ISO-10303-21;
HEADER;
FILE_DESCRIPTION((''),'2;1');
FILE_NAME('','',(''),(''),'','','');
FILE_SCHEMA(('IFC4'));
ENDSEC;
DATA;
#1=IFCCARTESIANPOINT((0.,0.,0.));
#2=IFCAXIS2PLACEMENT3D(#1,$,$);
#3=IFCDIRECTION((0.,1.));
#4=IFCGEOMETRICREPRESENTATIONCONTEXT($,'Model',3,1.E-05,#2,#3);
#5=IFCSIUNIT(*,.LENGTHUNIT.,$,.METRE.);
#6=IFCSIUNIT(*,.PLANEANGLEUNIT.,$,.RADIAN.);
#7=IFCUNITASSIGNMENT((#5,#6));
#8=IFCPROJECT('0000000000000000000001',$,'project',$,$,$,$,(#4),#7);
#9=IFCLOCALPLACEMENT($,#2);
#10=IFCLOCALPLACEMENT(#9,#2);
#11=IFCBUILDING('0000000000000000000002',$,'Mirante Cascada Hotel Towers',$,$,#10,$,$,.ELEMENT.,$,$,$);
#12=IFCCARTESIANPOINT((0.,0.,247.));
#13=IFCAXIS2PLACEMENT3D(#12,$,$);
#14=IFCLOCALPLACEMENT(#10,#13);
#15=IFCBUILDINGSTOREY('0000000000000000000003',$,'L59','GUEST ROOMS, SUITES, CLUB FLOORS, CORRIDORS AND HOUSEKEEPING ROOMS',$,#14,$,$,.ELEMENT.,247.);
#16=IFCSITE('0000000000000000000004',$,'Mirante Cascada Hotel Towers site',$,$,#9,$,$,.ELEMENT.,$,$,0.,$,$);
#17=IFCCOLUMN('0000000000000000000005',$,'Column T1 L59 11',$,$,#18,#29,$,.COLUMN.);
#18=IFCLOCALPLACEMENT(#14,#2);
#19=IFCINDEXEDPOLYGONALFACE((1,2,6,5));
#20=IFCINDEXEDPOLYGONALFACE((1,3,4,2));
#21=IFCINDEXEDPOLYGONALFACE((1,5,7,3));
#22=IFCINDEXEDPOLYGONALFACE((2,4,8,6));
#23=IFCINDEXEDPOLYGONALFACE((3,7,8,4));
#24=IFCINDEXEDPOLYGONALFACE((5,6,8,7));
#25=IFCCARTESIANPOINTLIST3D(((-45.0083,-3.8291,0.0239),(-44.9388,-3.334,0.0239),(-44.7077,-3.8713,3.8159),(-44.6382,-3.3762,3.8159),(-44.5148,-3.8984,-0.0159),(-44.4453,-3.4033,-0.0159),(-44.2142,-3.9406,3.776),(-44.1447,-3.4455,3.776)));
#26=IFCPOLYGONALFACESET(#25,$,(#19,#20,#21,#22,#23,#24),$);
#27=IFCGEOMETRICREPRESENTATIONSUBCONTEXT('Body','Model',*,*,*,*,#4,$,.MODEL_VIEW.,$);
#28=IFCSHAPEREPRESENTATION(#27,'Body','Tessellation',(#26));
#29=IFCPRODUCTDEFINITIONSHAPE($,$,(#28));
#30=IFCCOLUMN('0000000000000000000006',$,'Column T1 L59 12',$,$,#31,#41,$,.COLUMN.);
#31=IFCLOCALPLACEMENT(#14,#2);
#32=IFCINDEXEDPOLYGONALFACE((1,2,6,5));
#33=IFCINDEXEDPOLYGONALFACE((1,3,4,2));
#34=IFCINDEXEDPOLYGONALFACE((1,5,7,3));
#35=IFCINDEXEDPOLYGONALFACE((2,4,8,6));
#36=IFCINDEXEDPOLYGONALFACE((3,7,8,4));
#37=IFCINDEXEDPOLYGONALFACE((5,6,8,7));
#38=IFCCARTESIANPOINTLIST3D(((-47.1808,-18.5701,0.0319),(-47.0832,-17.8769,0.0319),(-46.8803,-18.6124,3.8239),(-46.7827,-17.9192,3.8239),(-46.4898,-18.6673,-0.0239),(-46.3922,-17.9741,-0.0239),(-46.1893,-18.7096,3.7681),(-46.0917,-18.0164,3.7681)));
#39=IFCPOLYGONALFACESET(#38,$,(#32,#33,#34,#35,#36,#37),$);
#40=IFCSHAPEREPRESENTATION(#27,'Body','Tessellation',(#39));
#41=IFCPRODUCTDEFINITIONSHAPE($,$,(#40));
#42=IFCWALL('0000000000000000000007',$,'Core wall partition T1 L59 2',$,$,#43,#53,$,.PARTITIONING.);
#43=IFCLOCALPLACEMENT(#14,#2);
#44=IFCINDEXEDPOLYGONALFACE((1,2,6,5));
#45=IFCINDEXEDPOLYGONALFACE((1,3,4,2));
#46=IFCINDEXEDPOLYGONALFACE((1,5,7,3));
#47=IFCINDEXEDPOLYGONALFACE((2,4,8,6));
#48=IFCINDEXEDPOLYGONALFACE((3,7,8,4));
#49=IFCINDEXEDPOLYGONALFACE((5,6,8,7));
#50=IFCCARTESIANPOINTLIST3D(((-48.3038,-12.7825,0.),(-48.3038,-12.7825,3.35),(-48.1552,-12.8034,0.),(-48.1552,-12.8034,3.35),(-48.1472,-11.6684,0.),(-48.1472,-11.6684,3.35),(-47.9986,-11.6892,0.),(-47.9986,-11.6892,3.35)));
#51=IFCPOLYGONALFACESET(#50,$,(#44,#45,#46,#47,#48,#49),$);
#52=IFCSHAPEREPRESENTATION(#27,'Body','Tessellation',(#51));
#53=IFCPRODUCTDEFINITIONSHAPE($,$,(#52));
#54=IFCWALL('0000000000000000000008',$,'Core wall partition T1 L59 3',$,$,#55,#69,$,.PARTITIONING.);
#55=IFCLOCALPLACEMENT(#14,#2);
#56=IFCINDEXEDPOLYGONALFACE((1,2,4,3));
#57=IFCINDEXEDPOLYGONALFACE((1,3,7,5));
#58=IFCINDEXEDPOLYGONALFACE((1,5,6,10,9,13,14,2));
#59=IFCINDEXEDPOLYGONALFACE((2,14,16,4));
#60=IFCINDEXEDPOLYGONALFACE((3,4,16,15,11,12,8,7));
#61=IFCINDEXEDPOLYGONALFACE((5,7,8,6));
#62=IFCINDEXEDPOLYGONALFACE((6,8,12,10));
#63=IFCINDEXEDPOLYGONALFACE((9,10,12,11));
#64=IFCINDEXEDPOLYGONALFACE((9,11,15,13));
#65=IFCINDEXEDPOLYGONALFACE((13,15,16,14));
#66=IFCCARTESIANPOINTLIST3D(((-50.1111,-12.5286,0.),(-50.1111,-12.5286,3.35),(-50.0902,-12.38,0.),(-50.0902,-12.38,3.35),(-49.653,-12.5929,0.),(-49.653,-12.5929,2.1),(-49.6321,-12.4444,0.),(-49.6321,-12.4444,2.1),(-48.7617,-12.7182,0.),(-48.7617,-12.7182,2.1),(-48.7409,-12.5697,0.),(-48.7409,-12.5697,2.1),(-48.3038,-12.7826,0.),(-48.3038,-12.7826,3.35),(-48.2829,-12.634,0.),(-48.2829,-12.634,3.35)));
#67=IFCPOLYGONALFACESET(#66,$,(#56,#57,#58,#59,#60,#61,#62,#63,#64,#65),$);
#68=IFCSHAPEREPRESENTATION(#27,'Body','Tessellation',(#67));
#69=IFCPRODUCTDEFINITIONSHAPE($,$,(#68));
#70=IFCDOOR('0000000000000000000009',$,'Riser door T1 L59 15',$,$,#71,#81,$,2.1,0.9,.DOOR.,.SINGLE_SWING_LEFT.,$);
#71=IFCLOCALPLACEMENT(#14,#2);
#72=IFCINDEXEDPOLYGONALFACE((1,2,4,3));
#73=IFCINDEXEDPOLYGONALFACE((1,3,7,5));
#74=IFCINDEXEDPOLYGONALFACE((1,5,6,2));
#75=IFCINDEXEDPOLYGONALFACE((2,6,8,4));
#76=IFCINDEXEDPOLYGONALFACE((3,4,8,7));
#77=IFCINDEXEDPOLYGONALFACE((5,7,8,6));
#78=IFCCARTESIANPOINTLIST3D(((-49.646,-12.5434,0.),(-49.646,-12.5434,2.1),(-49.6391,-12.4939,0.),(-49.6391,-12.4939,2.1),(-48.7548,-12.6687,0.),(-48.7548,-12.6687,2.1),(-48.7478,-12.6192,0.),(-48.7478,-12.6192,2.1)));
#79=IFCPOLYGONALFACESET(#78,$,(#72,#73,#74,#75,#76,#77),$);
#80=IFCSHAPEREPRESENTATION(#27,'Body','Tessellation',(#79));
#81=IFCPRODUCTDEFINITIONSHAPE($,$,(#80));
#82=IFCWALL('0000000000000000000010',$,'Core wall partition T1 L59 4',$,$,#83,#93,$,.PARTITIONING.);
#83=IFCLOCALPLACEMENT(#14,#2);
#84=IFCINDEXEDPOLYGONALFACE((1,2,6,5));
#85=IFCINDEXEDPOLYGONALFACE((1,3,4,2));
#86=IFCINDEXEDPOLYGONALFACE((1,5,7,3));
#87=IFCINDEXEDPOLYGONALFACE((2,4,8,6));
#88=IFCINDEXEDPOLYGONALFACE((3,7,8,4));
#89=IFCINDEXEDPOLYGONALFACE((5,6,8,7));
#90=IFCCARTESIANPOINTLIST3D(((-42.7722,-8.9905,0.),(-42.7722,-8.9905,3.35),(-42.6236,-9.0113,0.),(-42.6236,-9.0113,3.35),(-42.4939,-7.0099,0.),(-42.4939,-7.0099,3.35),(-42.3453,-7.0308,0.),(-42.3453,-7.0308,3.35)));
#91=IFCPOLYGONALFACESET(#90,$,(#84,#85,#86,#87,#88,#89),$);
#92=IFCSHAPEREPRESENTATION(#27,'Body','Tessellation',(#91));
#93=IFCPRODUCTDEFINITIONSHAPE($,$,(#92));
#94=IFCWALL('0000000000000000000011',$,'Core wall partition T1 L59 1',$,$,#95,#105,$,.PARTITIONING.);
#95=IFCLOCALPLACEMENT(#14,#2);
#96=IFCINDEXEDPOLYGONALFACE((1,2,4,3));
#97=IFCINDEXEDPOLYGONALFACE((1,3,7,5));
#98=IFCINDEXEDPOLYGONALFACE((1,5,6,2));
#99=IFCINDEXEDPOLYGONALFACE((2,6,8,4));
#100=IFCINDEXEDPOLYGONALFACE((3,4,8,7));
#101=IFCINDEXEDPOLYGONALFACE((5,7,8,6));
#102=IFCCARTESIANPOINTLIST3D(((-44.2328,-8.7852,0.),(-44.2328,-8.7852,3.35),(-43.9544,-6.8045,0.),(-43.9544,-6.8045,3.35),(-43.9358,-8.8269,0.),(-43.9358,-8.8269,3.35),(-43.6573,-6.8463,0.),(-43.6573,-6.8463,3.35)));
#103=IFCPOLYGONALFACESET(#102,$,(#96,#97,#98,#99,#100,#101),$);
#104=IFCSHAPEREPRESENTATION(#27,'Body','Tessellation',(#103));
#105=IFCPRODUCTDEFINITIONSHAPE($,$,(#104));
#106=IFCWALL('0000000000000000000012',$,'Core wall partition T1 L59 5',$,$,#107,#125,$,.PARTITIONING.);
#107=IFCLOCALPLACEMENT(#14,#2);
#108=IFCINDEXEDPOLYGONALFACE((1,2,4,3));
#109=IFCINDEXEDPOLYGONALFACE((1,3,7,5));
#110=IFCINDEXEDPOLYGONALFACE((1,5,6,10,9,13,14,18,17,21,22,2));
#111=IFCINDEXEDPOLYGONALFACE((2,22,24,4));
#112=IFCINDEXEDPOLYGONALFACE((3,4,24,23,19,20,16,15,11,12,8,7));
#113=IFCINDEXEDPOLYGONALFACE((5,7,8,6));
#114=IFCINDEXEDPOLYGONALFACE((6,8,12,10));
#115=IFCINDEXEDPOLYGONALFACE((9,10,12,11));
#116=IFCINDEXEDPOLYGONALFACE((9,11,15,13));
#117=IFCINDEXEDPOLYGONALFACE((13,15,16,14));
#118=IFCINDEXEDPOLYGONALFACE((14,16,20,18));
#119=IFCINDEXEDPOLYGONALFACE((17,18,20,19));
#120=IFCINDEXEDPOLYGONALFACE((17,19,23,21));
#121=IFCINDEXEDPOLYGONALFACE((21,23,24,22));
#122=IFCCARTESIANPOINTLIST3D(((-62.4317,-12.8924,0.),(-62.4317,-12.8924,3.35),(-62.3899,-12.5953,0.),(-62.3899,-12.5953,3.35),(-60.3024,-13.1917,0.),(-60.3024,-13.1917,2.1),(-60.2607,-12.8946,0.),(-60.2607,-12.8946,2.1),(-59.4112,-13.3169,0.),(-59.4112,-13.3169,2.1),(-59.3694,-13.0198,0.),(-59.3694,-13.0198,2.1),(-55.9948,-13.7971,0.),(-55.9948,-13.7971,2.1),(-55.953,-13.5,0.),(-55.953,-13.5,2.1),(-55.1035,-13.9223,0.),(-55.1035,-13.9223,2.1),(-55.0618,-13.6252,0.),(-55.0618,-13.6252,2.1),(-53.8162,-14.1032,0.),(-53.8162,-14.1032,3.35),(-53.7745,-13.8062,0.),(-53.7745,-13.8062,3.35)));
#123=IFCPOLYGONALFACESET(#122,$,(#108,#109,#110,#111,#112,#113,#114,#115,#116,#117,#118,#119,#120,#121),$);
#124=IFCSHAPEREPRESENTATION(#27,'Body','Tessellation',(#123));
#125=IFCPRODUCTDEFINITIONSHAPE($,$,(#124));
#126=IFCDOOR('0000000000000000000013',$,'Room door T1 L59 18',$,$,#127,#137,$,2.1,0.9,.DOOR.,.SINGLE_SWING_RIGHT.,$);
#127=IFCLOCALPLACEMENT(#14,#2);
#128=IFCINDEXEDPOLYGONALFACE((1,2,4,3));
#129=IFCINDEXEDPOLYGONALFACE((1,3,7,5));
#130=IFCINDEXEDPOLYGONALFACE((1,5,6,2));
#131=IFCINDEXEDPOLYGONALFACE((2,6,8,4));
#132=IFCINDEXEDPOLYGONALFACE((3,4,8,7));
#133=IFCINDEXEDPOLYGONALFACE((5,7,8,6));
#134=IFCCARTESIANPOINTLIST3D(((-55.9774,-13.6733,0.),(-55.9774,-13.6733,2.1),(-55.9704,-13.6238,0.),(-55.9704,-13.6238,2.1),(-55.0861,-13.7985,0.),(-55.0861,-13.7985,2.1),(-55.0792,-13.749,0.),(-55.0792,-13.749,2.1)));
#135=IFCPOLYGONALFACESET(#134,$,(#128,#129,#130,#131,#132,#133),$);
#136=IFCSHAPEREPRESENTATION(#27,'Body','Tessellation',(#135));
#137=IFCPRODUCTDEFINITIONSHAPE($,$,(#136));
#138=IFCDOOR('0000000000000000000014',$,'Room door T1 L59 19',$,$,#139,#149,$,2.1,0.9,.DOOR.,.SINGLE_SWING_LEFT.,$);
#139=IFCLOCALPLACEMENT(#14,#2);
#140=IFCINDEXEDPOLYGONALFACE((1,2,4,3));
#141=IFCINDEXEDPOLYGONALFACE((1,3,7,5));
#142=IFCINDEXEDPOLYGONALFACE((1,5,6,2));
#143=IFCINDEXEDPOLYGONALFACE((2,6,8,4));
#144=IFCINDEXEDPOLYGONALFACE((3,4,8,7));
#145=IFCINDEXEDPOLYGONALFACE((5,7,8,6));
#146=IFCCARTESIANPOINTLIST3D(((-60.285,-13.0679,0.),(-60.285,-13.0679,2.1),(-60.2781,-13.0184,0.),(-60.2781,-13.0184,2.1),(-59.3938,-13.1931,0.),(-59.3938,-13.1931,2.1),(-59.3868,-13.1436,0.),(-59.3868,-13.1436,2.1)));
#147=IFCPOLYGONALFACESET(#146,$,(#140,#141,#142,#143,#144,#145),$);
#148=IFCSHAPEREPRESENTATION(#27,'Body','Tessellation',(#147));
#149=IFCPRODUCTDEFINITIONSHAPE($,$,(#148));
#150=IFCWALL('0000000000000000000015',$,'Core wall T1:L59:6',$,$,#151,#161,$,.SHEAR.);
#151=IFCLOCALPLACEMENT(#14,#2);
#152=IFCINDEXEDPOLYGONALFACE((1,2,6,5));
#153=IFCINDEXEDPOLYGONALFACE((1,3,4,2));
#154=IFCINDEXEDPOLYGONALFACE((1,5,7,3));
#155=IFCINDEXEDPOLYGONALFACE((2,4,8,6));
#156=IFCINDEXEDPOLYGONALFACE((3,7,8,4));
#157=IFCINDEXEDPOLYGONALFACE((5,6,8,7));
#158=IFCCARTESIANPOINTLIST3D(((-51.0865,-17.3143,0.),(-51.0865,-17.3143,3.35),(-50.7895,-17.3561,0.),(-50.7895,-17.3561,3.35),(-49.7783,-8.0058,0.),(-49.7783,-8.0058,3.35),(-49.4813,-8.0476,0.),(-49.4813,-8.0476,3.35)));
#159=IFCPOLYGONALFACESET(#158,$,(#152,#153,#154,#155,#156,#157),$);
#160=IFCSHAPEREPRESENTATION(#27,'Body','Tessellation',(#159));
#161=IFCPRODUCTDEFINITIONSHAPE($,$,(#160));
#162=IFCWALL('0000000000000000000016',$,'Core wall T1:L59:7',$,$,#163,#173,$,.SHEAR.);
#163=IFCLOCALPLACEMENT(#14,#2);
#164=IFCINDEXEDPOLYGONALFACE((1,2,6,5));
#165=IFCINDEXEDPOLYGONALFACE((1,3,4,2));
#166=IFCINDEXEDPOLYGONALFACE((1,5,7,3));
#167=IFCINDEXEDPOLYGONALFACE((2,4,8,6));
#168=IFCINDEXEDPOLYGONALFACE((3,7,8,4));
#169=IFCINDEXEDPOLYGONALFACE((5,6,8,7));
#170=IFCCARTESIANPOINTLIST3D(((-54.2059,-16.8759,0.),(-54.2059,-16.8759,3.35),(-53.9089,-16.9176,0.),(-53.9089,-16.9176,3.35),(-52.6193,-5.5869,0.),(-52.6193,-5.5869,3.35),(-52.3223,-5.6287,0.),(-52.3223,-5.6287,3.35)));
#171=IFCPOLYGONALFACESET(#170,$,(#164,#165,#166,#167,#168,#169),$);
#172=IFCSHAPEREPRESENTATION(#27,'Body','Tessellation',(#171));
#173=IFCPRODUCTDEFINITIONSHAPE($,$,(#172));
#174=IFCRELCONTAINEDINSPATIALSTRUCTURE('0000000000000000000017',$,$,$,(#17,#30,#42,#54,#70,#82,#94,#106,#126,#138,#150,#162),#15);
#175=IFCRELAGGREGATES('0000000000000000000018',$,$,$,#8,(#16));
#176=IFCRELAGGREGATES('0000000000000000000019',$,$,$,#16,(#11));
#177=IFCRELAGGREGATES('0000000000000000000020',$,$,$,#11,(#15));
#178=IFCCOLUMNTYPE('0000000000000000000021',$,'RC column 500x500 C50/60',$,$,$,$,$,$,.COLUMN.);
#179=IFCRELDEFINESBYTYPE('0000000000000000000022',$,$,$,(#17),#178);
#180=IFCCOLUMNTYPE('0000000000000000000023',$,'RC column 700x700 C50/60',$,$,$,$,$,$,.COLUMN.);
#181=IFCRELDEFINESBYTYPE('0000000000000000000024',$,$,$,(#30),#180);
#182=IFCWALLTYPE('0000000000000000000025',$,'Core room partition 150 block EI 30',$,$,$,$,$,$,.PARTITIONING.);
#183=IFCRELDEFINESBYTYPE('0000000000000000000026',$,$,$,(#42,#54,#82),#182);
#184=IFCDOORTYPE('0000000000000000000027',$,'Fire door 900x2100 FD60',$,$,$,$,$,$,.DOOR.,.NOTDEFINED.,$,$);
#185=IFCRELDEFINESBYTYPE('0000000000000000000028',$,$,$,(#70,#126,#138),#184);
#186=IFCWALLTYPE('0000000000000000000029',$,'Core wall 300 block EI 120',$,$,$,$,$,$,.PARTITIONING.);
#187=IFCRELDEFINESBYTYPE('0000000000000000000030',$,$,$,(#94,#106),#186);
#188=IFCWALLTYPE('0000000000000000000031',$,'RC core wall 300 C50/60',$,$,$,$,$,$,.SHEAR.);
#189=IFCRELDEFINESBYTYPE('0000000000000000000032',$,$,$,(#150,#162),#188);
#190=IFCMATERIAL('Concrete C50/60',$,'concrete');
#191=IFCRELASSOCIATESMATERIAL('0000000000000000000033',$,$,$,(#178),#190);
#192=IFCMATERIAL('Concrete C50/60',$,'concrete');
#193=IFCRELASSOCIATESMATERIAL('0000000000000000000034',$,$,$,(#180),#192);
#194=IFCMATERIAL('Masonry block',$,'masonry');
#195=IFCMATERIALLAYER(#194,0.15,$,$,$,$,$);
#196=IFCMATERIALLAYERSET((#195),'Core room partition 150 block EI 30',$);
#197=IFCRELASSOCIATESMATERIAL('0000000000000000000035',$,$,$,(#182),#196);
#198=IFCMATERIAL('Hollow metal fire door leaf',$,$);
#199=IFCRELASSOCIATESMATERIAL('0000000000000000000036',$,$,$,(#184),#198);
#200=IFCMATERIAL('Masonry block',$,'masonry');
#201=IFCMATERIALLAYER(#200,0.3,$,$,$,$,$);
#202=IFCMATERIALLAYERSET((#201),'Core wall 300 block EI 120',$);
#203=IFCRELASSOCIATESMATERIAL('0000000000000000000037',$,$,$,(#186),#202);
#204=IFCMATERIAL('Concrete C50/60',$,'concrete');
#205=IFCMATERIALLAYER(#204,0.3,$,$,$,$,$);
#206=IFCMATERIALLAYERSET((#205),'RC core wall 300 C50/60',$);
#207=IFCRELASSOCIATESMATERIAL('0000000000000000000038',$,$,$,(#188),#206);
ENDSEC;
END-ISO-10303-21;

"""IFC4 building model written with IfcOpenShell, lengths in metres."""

from ifc_helpers import new_model, si_unit, direction, frame, frame_2d, origin, origin_2d, place, context, subcontext, project, spatial, rectangle, extrude, material, layer, layer_set, material_profile, profile_set, type_object, element, fill, save


model = new_model("IFC4")

# Units and contexts
model_context = context("Model", 3, precision=1e-05, world=origin(), true_north=direction((0.0, 1.0)))
body_context = subcontext(model_context, "Body", "Model", "MODEL_VIEW")
ifc_project = project(units=[si_unit("LENGTHUNIT", "METRE"), si_unit("PLANEANGLEUNIT", "RADIAN")], contexts=[model_context])

# Site, building, storey
site_placement = place(None, origin())
site = spatial("IfcSite", under=ifc_project, at=site_placement, Name="Mirante Cascada Hotel Towers site", CompositionType="ELEMENT", RefElevation=0.0)
building_placement = place(site_placement, origin())
building = spatial("IfcBuilding", under=site, at=building_placement, Name="Mirante Cascada Hotel Towers", CompositionType="ELEMENT")
storey_placement = place(building_placement, frame((0.0, 0.0, 247.0)))
storey = spatial("IfcBuildingStorey", under=building, at=storey_placement, Name="L59", Description="GUEST ROOMS, SUITES, CLUB FLOORS, CORRIDORS AND HOUSEKEEPING ROOMS", CompositionType="ELEMENT", Elevation=247.0)

# Columns
ifc_material_1 = material(Name="Concrete C50/60", Category="concrete")
ifc_material_profile_1 = material_profile(ifc_material_1, rectangle(XDim=0.5, YDim=0.5, at=origin_2d()), Name="RC column 500x500 C50/60")
ifc_profile_set_1 = profile_set([ifc_material_profile_1], Name="Concrete C50/60")
column_type_1 = type_object("IfcColumnType", Name="RC column 500x500 C50/60", PredefinedType="COLUMN", material=ifc_profile_set_1)
column_1_placement = place(storey_placement, frame((-44.7268, -3.6162, 0.004), z_axis=(0.079019, -0.011093, 0.996811), x_axis=(0.139023, 0.990289, 0.0)))
element("IfcColumn", 1, at=column_1_placement, inside=storey, type_object=column_type_1, Name="Column T1 L59 11", PredefinedType="COLUMN", context=body_context, shape_type="SweptSolid", body=[
    extrude(rectangle(XDim=0.5, YDim=0.5, at=origin_2d()), origin(), (0.0, 0.0, 1.0), 3.8041),
])
ifc_material_2 = material(Name="Concrete C50/60", Category="concrete")
ifc_material_profile_2 = material_profile(ifc_material_2, rectangle(XDim=0.7, YDim=0.7, at=origin_2d()), Name="RC column 700x700 C50/60")
ifc_profile_set_2 = profile_set([ifc_material_profile_2], Name="Concrete C50/60")
column_type_2 = type_object("IfcColumnType", Name="RC column 700x700 C50/60", PredefinedType="COLUMN", material=ifc_profile_set_2)
column_2_placement = place(storey_placement, frame((-46.7865, -18.2721, 0.004), z_axis=(0.078993, -0.011119, 0.996813), x_axis=(0.139391, 0.990237, 0.0)))
element("IfcColumn", 2, at=column_2_placement, inside=storey, type_object=column_type_2, Name="Column T1 L59 12", PredefinedType="COLUMN", context=body_context, shape_type="SweptSolid", body=[
    extrude(rectangle(XDim=0.7, YDim=0.7, at=origin_2d()), origin(), (0.0, 0.0, 1.0), 3.8041),
])

# Wall
ifc_material_3 = material(Name="Masonry block", Category="masonry")
ifc_layer_1 = layer(ifc_material_3, 0.15)
ifc_layer_set_1 = layer_set([ifc_layer_1], Name="Core room partition 150 block EI 30")
wall_type_1 = type_object("IfcWallType", Name="Core room partition 150 block EI 30", PredefinedType="PARTITIONING", material=ifc_layer_set_1)
wall_1_placement = place(storey_placement, frame((-48.2295, -12.793, 0.0), z_axis=(0.0, 0.0, 1.0), x_axis=(0.139193, 0.990265, 0.0)))
element("IfcWall", 3, at=wall_1_placement, inside=storey, type_object=wall_type_1, Name="Core wall partition T1 L59 2", PredefinedType="PARTITIONING", context=body_context, shape_type="SweptSolid", body=[
    extrude(rectangle(XDim=1.1251, YDim=0.15, at=frame_2d((0.5626, 0.0))), origin(), (0.0, 0.0, 1.0), 3.35),
])

# Wall, opening, door
wall_2_placement = place(storey_placement, frame((-48.2933, -12.7083, 0.0), z_axis=(0.0, 0.0, 1.0), x_axis=(-0.990268, 0.139173, 0.0)))
wall_2 = element("IfcWall", 4, at=wall_2_placement, inside=storey, type_object=wall_type_1, Name="Core wall partition T1 L59 3", PredefinedType="PARTITIONING", context=body_context, shape_type="SweptSolid", body=[
    extrude(rectangle(XDim=1.8251, YDim=0.15, at=frame_2d((0.9126, 0.0))), origin(), (0.0, 0.0, 1.0), 3.35),
])
opening_1_placement = place(wall_2_placement, frame((0.4625, 0.0, 0.0)))
opening_1 = element("IfcOpeningElement", 5, at=opening_1_placement, cuts=wall_2, PredefinedType="OPENING", context=body_context, shape_type="SweptSolid", body=[
    extrude(rectangle(XDim=0.9, YDim=2.1, at=frame_2d((0.45, 1.05))), frame((0.0, 0.075, 0.0), z_axis=(0.0, -1.0, 0.0), x_axis=(1.0, 0.0, 0.0)), (0.0, 0.0, 1.0), 0.15),
])
ifc_material_4 = material(Name="Hollow metal fire door leaf")
door_type_1 = type_object("IfcDoorType", Name="Fire door 900x2100 FD60", OperationType="NOTDEFINED", PredefinedType="DOOR", material=ifc_material_4)
door_1_placement = place(opening_1_placement, origin())
door_1 = element("IfcDoor", 6, at=door_1_placement, inside=storey, type_object=door_type_1, Name="Riser door T1 L59 15", OperationType="SINGLE_SWING_LEFT", OverallHeight=2.1, OverallWidth=0.9, PredefinedType="DOOR", context=body_context, shape_type="SweptSolid", body=[
    extrude(rectangle(XDim=0.9, YDim=2.1, at=frame_2d((0.45, 1.05))), frame((0.0, 0.025, 0.0), z_axis=(0.0, -1.0, 0.0), x_axis=(1.0, 0.0, 0.0)), (0.0, 0.0, 1.0), 0.05),
])
fill(opening_1, door_1)

# Walls
wall_3_placement = place(storey_placement, frame((-42.6979, -9.0009, 0.0), z_axis=(0.0, 0.0, 1.0), x_axis=(0.139153, 0.990271, 0.0)))
element("IfcWall", 7, at=wall_3_placement, inside=storey, type_object=wall_type_1, Name="Core wall partition T1 L59 4", PredefinedType="PARTITIONING", context=body_context, shape_type="SweptSolid", body=[
    extrude(rectangle(XDim=2.0, YDim=0.15, at=frame_2d((1.0, 0.0))), origin(), (0.0, 0.0, 1.0), 3.35),
])
ifc_material_5 = material(Name="Masonry block", Category="masonry")
ifc_layer_2 = layer(ifc_material_5, 0.3)
ifc_layer_set_2 = layer_set([ifc_layer_2], Name="Core wall 300 block EI 120")
wall_type_2 = type_object("IfcWallType", Name="Core wall 300 block EI 120", PredefinedType="PARTITIONING", material=ifc_layer_set_2)
wall_4_placement = place(storey_placement, frame((-44.0843, -8.8061, 0.0), z_axis=(0.0, 0.0, 1.0), x_axis=(0.139195, 0.990265, 0.0)))
element("IfcWall", 8, at=wall_4_placement, inside=storey, type_object=wall_type_2, Name="Core wall partition T1 L59 1", PredefinedType="PARTITIONING", context=body_context, shape_type="SweptSolid", body=[
    extrude(rectangle(XDim=2.0001, YDim=0.3, at=frame_2d((1.0001, 0.0))), origin(), (0.0, 0.0, 1.0), 3.35),
])

# Wall, openings, doors
wall_5_placement = place(storey_placement, frame((-53.7953, -13.9547, 0.0), z_axis=(0.0, 0.0, 1.0), x_axis=(-0.990268, 0.139171, 0.0)))
wall_5 = element("IfcWall", 9, at=wall_5_placement, inside=storey, type_object=wall_type_2, Name="Core wall partition T1 L59 5", PredefinedType="PARTITIONING", context=body_context, shape_type="SweptSolid", body=[
    extrude(rectangle(XDim=8.7001, YDim=0.3, at=frame_2d((4.3501, 0.0))), origin(), (0.0, 0.0, 1.0), 3.35),
])
opening_2_placement = place(wall_5_placement, frame((1.3, 0.0, 0.0)))
opening_2 = element("IfcOpeningElement", 10, at=opening_2_placement, cuts=wall_5, PredefinedType="OPENING", context=body_context, shape_type="SweptSolid", body=[
    extrude(rectangle(XDim=0.9, YDim=2.1, at=frame_2d((0.45, 1.05))), frame((0.0, 0.15, 0.0), z_axis=(0.0, -1.0, 0.0), x_axis=(1.0, 0.0, 0.0)), (0.0, 0.0, 1.0), 0.3),
])
opening_3_placement = place(wall_5_placement, frame((5.65, 0.0, 0.0)))
opening_3 = element("IfcOpeningElement", 11, at=opening_3_placement, cuts=wall_5, PredefinedType="OPENING", context=body_context, shape_type="SweptSolid", body=[
    extrude(rectangle(XDim=0.9, YDim=2.1, at=frame_2d((0.45, 1.05))), frame((0.0, 0.15, 0.0), z_axis=(0.0, -1.0, 0.0), x_axis=(1.0, 0.0, 0.0)), (0.0, 0.0, 1.0), 0.3),
])
door_2_placement = place(opening_2_placement, origin())
door_2 = element("IfcDoor", 12, at=door_2_placement, inside=storey, type_object=door_type_1, Name="Room door T1 L59 18", OperationType="SINGLE_SWING_RIGHT", OverallHeight=2.1, OverallWidth=0.9, PredefinedType="DOOR", context=body_context, shape_type="SweptSolid", body=[
    extrude(rectangle(XDim=0.9, YDim=2.1, at=frame_2d((0.45, 1.05))), frame((0.0, 0.025, 0.0), z_axis=(0.0, -1.0, 0.0), x_axis=(1.0, 0.0, 0.0)), (0.0, 0.0, 1.0), 0.05),
])
fill(opening_2, door_2)
door_3_placement = place(opening_3_placement, origin())
door_3 = element("IfcDoor", 13, at=door_3_placement, inside=storey, type_object=door_type_1, Name="Room door T1 L59 19", OperationType="SINGLE_SWING_LEFT", OverallHeight=2.1, OverallWidth=0.9, PredefinedType="DOOR", context=body_context, shape_type="SweptSolid", body=[
    extrude(rectangle(XDim=0.9, YDim=2.1, at=frame_2d((0.45, 1.05))), frame((0.0, 0.025, 0.0), z_axis=(0.0, -1.0, 0.0), x_axis=(1.0, 0.0, 0.0)), (0.0, 0.0, 1.0), 0.05),
])
fill(opening_3, door_3)

# Walls
ifc_material_6 = material(Name="Concrete C50/60", Category="concrete")
ifc_layer_3 = layer(ifc_material_6, 0.3)
ifc_layer_set_3 = layer_set([ifc_layer_3], Name="RC core wall 300 C50/60")
wall_type_3 = type_object("IfcWallType", Name="RC core wall 300 C50/60", PredefinedType="SHEAR", material=ifc_layer_set_3)
wall_6_placement = place(storey_placement, frame((-50.938, -17.3352, 0.0), z_axis=(0.0, 0.0, 1.0), x_axis=(0.139171, 0.990268, 0.0)))
element("IfcWall", 14, at=wall_6_placement, inside=storey, type_object=wall_type_3, Name="Core wall T1:L59:6", PredefinedType="SHEAR", context=body_context, shape_type="SweptSolid", body=[
    extrude(rectangle(XDim=9.4, YDim=0.3, at=frame_2d((4.7, 0.0))), origin(), (0.0, 0.0, 1.0), 3.35),
])
wall_7_placement = place(storey_placement, frame((-54.0574, -16.8968, 0.0), z_axis=(0.0, 0.0, 1.0), x_axis=(0.139176, 0.990268, 0.0)))
element("IfcWall", 15, at=wall_7_placement, inside=storey, type_object=wall_type_3, Name="Core wall T1:L59:7", PredefinedType="SHEAR", context=body_context, shape_type="SweptSolid", body=[
    extrude(rectangle(XDim=11.3999, YDim=0.3, at=frame_2d((5.7, 0.0))), origin(), (0.0, 0.0, 1.0), 3.35),
])

save(model, "model.ifc")
